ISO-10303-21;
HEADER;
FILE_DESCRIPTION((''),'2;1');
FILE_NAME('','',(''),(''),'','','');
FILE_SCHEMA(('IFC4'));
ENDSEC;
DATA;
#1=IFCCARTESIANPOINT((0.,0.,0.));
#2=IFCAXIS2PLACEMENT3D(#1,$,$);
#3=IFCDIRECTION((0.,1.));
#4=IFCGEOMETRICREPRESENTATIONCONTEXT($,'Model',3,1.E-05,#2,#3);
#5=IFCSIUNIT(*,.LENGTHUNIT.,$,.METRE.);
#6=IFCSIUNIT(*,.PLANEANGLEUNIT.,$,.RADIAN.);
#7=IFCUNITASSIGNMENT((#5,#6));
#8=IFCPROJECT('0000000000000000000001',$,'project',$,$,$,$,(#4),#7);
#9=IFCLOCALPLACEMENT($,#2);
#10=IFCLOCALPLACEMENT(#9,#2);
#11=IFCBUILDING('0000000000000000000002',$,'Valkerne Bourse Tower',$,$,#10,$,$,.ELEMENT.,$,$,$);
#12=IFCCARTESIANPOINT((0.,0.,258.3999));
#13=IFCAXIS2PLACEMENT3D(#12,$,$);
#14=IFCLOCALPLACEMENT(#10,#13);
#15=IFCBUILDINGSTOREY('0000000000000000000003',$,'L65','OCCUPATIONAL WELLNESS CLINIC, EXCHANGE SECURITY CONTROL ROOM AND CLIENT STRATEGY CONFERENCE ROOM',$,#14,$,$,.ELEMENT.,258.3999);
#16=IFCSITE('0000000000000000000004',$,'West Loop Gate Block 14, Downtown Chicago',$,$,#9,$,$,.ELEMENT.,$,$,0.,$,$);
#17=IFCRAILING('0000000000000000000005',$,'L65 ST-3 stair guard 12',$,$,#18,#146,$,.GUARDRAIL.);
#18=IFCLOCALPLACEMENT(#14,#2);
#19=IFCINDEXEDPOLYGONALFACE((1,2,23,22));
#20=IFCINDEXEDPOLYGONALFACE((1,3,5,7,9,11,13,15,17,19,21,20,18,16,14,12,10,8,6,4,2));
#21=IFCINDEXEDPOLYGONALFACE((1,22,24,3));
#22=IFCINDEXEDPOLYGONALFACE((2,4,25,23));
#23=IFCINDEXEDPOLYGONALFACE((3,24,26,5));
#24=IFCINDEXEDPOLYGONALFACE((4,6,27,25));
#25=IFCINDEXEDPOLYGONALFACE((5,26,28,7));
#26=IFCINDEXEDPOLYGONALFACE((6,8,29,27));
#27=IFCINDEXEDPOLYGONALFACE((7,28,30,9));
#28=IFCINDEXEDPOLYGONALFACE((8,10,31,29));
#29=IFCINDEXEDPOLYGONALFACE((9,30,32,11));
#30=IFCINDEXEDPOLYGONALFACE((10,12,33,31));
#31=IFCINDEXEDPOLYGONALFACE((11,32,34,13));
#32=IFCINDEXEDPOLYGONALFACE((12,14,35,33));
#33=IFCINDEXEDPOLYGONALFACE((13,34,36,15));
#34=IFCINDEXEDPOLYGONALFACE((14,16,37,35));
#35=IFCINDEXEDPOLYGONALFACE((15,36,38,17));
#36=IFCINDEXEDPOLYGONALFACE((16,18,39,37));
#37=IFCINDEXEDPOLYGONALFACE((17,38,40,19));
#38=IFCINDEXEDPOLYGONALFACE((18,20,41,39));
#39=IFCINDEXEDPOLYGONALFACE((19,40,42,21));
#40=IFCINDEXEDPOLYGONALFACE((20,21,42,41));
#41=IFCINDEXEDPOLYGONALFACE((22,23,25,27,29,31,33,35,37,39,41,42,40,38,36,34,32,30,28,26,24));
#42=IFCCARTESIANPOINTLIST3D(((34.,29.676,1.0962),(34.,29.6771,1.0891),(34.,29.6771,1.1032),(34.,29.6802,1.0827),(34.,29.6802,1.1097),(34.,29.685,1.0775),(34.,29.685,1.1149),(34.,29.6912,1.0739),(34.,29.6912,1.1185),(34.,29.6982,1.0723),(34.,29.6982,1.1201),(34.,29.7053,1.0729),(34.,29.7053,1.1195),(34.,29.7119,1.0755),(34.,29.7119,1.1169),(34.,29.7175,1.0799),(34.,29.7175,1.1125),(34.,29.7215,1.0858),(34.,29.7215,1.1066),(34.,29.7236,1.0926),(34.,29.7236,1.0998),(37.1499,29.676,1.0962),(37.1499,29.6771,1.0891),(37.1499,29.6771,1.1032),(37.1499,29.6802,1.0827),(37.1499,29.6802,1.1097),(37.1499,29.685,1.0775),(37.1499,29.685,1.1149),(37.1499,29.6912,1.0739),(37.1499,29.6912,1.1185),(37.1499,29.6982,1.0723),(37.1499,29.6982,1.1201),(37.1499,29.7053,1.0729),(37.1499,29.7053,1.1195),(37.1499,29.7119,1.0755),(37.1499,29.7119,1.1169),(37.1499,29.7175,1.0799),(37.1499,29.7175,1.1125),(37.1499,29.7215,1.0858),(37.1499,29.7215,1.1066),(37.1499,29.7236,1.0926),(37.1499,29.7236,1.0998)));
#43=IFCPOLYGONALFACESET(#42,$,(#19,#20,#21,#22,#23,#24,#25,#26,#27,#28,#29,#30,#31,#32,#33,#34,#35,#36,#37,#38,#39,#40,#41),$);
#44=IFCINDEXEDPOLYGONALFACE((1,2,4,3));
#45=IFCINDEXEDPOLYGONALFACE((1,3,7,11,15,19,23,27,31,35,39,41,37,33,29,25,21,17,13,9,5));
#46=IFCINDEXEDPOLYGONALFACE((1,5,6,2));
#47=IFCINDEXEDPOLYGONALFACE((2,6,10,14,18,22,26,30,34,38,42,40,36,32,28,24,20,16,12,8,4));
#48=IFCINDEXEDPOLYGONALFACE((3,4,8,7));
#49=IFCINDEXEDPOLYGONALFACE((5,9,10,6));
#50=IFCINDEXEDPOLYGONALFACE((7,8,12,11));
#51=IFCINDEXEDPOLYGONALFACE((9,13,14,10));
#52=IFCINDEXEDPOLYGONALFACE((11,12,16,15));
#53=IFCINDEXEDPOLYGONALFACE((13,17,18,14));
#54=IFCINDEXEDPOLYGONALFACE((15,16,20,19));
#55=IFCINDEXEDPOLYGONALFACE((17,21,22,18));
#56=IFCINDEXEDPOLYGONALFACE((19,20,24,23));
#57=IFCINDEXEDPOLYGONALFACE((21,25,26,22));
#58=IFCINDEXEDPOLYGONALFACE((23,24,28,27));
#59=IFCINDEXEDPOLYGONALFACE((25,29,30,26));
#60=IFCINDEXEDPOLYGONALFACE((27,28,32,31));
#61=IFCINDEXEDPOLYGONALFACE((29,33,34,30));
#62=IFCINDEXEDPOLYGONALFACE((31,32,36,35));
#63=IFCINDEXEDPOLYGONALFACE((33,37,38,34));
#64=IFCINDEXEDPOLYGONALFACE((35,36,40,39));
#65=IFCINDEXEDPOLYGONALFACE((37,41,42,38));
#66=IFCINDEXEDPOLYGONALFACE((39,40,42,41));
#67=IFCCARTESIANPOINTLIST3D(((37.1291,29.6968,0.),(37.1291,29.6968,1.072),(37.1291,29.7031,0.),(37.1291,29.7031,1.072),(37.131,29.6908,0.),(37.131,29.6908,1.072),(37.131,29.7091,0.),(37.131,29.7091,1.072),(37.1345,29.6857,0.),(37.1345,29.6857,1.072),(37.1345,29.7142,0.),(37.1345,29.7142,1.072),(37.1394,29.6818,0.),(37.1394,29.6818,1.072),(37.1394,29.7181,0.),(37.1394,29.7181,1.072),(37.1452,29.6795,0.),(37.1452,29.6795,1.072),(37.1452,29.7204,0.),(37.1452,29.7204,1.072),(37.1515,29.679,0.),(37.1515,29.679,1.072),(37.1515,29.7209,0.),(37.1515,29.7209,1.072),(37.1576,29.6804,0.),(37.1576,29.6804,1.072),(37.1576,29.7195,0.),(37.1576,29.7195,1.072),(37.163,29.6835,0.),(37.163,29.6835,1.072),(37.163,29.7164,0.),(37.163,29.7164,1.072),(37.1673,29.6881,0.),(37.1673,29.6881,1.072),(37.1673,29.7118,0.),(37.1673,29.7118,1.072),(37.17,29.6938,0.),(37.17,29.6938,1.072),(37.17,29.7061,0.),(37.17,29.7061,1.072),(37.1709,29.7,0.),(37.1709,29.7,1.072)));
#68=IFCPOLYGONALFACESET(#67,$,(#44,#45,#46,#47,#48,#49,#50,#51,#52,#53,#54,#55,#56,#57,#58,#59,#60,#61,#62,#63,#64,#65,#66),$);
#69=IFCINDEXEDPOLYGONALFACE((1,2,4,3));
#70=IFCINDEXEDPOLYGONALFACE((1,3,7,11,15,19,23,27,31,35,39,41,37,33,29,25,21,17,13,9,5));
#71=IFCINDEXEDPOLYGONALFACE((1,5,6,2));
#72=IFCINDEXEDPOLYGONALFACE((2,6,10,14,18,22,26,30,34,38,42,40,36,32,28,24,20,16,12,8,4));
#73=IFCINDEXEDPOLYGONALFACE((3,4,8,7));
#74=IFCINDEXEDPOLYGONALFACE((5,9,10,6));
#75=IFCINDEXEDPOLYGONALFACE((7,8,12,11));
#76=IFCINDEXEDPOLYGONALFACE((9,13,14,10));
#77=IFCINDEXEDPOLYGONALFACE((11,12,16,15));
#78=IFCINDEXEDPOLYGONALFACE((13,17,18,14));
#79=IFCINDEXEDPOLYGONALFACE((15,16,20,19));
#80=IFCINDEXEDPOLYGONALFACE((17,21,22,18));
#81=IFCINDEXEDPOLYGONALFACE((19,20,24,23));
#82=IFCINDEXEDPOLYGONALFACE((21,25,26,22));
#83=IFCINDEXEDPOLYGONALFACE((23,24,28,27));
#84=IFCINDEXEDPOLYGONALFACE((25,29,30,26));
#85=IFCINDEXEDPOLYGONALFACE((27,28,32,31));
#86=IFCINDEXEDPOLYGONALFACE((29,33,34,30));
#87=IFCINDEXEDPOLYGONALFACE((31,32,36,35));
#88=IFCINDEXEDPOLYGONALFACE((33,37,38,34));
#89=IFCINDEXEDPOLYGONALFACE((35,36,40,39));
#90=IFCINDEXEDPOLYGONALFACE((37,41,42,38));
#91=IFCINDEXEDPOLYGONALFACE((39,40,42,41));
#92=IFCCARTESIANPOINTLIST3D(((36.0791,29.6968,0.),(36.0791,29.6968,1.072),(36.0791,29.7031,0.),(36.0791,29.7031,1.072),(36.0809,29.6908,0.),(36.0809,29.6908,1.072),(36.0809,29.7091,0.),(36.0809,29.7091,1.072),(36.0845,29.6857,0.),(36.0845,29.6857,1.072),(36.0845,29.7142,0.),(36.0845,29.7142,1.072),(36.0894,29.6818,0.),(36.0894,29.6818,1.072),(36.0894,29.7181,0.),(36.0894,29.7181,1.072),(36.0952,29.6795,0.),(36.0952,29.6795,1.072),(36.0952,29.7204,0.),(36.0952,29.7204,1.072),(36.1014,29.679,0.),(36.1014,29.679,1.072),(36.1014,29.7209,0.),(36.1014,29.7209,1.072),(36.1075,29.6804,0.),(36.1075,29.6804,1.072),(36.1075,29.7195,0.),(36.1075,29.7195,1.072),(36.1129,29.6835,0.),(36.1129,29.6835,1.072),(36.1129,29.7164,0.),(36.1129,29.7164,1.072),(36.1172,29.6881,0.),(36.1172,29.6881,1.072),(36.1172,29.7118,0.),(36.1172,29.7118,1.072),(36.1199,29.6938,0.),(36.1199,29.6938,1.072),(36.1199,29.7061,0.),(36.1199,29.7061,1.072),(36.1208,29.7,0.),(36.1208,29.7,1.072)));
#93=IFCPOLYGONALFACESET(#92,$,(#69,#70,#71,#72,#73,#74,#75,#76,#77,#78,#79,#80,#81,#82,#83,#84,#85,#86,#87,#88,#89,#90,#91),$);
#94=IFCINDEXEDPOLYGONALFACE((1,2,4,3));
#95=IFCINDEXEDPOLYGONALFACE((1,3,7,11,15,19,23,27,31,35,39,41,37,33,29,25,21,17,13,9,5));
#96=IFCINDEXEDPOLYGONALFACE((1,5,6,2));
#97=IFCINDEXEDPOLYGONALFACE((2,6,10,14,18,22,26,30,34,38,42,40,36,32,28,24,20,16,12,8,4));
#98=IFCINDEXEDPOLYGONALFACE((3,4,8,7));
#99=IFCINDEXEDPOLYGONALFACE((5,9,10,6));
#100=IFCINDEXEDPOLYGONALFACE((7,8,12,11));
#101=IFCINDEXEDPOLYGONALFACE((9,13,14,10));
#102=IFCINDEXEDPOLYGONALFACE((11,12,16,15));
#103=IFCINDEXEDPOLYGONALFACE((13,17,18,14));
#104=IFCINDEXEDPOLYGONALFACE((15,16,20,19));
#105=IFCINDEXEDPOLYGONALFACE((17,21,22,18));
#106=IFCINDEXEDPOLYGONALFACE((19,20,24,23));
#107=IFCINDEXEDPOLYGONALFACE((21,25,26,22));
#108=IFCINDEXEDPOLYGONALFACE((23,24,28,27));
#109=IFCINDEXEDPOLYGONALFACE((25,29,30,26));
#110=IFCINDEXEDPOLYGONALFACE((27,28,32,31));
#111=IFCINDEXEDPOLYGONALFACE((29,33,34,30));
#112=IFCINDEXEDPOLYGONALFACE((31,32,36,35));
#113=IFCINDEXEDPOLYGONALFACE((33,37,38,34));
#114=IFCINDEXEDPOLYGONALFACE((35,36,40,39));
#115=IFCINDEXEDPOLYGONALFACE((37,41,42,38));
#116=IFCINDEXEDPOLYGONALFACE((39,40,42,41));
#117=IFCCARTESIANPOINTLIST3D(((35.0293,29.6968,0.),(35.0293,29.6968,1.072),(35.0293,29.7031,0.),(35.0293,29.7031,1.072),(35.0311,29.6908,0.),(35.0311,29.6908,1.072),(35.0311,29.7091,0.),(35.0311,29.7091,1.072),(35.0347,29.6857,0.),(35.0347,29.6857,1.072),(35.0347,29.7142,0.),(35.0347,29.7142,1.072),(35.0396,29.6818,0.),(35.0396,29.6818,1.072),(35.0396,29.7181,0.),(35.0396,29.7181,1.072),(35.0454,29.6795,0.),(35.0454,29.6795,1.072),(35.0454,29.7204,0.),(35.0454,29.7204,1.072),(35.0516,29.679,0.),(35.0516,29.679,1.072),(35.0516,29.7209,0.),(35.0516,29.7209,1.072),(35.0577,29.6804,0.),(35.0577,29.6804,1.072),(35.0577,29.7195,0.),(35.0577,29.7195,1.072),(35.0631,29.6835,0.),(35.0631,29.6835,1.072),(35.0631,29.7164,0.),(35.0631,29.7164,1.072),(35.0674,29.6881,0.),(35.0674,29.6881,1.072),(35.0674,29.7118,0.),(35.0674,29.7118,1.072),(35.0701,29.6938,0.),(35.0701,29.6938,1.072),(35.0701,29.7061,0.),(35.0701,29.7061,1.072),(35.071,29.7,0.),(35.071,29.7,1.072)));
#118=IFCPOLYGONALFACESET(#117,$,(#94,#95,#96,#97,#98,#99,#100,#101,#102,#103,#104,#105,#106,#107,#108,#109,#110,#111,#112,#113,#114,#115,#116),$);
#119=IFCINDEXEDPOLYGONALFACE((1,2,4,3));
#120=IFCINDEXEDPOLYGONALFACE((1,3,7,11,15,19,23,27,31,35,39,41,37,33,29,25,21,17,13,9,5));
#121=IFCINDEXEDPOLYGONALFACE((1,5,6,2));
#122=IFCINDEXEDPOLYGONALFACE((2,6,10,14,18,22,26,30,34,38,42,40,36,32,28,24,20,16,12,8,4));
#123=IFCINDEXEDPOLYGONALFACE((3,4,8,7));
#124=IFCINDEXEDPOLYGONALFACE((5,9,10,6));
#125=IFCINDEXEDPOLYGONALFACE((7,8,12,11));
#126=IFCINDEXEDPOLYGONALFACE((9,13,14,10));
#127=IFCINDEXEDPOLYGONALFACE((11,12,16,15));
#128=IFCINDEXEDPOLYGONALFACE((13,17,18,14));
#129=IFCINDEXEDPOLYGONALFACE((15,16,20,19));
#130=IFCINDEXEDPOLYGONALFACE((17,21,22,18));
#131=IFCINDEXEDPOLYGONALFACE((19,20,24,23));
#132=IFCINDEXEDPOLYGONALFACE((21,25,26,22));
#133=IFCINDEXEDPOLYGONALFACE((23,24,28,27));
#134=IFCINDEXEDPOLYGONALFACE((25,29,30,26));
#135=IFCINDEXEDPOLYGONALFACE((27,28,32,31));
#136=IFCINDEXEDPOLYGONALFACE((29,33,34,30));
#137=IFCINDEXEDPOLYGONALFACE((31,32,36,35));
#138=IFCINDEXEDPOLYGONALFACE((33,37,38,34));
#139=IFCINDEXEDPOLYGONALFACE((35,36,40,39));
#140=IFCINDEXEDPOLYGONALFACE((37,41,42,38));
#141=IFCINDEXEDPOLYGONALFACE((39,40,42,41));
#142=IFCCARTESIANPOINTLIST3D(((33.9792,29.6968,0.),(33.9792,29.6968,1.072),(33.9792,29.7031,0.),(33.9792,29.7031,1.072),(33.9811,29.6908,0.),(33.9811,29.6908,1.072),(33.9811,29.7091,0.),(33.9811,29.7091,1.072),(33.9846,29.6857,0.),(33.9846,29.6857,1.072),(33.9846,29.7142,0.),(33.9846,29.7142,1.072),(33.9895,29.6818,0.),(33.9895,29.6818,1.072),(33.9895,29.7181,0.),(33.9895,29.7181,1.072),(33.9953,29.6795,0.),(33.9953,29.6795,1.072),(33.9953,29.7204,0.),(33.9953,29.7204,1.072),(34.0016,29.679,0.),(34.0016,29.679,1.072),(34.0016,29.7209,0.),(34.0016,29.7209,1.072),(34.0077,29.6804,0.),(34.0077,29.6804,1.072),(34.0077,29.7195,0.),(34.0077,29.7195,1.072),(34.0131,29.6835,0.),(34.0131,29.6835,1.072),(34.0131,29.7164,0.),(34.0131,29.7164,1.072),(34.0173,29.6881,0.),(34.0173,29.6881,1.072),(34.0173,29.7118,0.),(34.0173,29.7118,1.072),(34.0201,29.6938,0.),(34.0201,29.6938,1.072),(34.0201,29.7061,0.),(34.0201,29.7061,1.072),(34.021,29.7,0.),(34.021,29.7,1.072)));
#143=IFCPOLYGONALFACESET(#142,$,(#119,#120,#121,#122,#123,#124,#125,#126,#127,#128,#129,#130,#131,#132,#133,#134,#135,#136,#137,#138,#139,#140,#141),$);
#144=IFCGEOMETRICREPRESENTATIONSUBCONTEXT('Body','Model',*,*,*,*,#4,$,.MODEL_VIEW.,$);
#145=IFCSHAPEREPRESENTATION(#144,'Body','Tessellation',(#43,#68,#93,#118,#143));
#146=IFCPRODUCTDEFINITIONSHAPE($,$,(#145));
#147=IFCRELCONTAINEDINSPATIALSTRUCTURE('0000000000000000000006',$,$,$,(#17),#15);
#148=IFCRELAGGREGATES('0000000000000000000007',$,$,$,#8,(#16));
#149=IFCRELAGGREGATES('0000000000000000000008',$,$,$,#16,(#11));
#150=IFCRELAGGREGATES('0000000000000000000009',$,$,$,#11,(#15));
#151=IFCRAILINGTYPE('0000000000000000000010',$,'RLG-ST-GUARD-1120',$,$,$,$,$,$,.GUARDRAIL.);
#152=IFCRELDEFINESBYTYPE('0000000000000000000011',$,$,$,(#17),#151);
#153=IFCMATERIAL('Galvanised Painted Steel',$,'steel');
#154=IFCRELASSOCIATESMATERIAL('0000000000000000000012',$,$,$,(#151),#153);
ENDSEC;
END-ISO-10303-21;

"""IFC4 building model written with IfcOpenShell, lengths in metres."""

from ifc_helpers import new_model, si_unit, direction, frame, origin, origin_2d, place, context, subcontext, project, spatial, circle, extrude, material, type_object, element, save


model = new_model("IFC4")

# Units and contexts
model_context = context("Model", 3, precision=1e-05, world=origin(), true_north=direction((0.0, 1.0)))
body_context = subcontext(model_context, "Body", "Model", "MODEL_VIEW")
ifc_project = project(units=[si_unit("LENGTHUNIT", "METRE"), si_unit("PLANEANGLEUNIT", "RADIAN")], contexts=[model_context])

# Site, building, storey
site_placement = place(None, origin())
site = spatial("IfcSite", under=ifc_project, at=site_placement, Name="West Loop Gate Block 14, Downtown Chicago", CompositionType="ELEMENT", RefElevation=0.0)
building_placement = place(site_placement, origin())
building = spatial("IfcBuilding", under=site, at=building_placement, Name="Valkerne Bourse Tower", CompositionType="ELEMENT")
storey_placement = place(building_placement, frame((0.0, 0.0, 258.3999)))
storey = spatial("IfcBuildingStorey", under=building, at=storey_placement, Name="L65", Description="OCCUPATIONAL WELLNESS CLINIC, EXCHANGE SECURITY CONTROL ROOM AND CLIENT STRATEGY CONFERENCE ROOM", CompositionType="ELEMENT", Elevation=258.3999)

# Shared definitions
ifc_material_1 = material(Name="Galvanised Painted Steel", Category="steel")

# Railing
railing_type = type_object("IfcRailingType", Name="RLG-ST-GUARD-1120", PredefinedType="GUARDRAIL", material=ifc_material_1)
railing_placement = place(storey_placement, frame((37.1499, 29.7, 0.0)))
element("IfcRailing", 1, at=railing_placement, inside=storey, type_object=railing_type, Name="L65 ST-3 stair guard 12", PredefinedType="GUARDRAIL", context=body_context, shape_type="SweptSolid", body=[
    extrude(circle(Radius=0.0239, at=origin_2d()), frame((0.0, 0.0, 1.0962), z_axis=(-1.0, 0.0, 0.0), x_axis=(0.0, -1.0, 0.0)), (0.0, 0.0, 1.0), 3.1499),
    extrude(circle(Radius=0.021, at=origin_2d()), origin(), (0.0, 0.0, 1.0), 1.072),
    extrude(circle(Radius=0.021, at=origin_2d()), frame((-1.05, 0.0, 0.0)), (0.0, 0.0, 1.0), 1.072),
    extrude(circle(Radius=0.021, at=origin_2d()), frame((-2.0999, 0.0, 0.0)), (0.0, 0.0, 1.0), 1.072),
    extrude(circle(Radius=0.021, at=origin_2d()), frame((-3.1499, 0.0, 0.0)), (0.0, 0.0, 1.0), 1.072),
])

save(model, "model.ifc")
